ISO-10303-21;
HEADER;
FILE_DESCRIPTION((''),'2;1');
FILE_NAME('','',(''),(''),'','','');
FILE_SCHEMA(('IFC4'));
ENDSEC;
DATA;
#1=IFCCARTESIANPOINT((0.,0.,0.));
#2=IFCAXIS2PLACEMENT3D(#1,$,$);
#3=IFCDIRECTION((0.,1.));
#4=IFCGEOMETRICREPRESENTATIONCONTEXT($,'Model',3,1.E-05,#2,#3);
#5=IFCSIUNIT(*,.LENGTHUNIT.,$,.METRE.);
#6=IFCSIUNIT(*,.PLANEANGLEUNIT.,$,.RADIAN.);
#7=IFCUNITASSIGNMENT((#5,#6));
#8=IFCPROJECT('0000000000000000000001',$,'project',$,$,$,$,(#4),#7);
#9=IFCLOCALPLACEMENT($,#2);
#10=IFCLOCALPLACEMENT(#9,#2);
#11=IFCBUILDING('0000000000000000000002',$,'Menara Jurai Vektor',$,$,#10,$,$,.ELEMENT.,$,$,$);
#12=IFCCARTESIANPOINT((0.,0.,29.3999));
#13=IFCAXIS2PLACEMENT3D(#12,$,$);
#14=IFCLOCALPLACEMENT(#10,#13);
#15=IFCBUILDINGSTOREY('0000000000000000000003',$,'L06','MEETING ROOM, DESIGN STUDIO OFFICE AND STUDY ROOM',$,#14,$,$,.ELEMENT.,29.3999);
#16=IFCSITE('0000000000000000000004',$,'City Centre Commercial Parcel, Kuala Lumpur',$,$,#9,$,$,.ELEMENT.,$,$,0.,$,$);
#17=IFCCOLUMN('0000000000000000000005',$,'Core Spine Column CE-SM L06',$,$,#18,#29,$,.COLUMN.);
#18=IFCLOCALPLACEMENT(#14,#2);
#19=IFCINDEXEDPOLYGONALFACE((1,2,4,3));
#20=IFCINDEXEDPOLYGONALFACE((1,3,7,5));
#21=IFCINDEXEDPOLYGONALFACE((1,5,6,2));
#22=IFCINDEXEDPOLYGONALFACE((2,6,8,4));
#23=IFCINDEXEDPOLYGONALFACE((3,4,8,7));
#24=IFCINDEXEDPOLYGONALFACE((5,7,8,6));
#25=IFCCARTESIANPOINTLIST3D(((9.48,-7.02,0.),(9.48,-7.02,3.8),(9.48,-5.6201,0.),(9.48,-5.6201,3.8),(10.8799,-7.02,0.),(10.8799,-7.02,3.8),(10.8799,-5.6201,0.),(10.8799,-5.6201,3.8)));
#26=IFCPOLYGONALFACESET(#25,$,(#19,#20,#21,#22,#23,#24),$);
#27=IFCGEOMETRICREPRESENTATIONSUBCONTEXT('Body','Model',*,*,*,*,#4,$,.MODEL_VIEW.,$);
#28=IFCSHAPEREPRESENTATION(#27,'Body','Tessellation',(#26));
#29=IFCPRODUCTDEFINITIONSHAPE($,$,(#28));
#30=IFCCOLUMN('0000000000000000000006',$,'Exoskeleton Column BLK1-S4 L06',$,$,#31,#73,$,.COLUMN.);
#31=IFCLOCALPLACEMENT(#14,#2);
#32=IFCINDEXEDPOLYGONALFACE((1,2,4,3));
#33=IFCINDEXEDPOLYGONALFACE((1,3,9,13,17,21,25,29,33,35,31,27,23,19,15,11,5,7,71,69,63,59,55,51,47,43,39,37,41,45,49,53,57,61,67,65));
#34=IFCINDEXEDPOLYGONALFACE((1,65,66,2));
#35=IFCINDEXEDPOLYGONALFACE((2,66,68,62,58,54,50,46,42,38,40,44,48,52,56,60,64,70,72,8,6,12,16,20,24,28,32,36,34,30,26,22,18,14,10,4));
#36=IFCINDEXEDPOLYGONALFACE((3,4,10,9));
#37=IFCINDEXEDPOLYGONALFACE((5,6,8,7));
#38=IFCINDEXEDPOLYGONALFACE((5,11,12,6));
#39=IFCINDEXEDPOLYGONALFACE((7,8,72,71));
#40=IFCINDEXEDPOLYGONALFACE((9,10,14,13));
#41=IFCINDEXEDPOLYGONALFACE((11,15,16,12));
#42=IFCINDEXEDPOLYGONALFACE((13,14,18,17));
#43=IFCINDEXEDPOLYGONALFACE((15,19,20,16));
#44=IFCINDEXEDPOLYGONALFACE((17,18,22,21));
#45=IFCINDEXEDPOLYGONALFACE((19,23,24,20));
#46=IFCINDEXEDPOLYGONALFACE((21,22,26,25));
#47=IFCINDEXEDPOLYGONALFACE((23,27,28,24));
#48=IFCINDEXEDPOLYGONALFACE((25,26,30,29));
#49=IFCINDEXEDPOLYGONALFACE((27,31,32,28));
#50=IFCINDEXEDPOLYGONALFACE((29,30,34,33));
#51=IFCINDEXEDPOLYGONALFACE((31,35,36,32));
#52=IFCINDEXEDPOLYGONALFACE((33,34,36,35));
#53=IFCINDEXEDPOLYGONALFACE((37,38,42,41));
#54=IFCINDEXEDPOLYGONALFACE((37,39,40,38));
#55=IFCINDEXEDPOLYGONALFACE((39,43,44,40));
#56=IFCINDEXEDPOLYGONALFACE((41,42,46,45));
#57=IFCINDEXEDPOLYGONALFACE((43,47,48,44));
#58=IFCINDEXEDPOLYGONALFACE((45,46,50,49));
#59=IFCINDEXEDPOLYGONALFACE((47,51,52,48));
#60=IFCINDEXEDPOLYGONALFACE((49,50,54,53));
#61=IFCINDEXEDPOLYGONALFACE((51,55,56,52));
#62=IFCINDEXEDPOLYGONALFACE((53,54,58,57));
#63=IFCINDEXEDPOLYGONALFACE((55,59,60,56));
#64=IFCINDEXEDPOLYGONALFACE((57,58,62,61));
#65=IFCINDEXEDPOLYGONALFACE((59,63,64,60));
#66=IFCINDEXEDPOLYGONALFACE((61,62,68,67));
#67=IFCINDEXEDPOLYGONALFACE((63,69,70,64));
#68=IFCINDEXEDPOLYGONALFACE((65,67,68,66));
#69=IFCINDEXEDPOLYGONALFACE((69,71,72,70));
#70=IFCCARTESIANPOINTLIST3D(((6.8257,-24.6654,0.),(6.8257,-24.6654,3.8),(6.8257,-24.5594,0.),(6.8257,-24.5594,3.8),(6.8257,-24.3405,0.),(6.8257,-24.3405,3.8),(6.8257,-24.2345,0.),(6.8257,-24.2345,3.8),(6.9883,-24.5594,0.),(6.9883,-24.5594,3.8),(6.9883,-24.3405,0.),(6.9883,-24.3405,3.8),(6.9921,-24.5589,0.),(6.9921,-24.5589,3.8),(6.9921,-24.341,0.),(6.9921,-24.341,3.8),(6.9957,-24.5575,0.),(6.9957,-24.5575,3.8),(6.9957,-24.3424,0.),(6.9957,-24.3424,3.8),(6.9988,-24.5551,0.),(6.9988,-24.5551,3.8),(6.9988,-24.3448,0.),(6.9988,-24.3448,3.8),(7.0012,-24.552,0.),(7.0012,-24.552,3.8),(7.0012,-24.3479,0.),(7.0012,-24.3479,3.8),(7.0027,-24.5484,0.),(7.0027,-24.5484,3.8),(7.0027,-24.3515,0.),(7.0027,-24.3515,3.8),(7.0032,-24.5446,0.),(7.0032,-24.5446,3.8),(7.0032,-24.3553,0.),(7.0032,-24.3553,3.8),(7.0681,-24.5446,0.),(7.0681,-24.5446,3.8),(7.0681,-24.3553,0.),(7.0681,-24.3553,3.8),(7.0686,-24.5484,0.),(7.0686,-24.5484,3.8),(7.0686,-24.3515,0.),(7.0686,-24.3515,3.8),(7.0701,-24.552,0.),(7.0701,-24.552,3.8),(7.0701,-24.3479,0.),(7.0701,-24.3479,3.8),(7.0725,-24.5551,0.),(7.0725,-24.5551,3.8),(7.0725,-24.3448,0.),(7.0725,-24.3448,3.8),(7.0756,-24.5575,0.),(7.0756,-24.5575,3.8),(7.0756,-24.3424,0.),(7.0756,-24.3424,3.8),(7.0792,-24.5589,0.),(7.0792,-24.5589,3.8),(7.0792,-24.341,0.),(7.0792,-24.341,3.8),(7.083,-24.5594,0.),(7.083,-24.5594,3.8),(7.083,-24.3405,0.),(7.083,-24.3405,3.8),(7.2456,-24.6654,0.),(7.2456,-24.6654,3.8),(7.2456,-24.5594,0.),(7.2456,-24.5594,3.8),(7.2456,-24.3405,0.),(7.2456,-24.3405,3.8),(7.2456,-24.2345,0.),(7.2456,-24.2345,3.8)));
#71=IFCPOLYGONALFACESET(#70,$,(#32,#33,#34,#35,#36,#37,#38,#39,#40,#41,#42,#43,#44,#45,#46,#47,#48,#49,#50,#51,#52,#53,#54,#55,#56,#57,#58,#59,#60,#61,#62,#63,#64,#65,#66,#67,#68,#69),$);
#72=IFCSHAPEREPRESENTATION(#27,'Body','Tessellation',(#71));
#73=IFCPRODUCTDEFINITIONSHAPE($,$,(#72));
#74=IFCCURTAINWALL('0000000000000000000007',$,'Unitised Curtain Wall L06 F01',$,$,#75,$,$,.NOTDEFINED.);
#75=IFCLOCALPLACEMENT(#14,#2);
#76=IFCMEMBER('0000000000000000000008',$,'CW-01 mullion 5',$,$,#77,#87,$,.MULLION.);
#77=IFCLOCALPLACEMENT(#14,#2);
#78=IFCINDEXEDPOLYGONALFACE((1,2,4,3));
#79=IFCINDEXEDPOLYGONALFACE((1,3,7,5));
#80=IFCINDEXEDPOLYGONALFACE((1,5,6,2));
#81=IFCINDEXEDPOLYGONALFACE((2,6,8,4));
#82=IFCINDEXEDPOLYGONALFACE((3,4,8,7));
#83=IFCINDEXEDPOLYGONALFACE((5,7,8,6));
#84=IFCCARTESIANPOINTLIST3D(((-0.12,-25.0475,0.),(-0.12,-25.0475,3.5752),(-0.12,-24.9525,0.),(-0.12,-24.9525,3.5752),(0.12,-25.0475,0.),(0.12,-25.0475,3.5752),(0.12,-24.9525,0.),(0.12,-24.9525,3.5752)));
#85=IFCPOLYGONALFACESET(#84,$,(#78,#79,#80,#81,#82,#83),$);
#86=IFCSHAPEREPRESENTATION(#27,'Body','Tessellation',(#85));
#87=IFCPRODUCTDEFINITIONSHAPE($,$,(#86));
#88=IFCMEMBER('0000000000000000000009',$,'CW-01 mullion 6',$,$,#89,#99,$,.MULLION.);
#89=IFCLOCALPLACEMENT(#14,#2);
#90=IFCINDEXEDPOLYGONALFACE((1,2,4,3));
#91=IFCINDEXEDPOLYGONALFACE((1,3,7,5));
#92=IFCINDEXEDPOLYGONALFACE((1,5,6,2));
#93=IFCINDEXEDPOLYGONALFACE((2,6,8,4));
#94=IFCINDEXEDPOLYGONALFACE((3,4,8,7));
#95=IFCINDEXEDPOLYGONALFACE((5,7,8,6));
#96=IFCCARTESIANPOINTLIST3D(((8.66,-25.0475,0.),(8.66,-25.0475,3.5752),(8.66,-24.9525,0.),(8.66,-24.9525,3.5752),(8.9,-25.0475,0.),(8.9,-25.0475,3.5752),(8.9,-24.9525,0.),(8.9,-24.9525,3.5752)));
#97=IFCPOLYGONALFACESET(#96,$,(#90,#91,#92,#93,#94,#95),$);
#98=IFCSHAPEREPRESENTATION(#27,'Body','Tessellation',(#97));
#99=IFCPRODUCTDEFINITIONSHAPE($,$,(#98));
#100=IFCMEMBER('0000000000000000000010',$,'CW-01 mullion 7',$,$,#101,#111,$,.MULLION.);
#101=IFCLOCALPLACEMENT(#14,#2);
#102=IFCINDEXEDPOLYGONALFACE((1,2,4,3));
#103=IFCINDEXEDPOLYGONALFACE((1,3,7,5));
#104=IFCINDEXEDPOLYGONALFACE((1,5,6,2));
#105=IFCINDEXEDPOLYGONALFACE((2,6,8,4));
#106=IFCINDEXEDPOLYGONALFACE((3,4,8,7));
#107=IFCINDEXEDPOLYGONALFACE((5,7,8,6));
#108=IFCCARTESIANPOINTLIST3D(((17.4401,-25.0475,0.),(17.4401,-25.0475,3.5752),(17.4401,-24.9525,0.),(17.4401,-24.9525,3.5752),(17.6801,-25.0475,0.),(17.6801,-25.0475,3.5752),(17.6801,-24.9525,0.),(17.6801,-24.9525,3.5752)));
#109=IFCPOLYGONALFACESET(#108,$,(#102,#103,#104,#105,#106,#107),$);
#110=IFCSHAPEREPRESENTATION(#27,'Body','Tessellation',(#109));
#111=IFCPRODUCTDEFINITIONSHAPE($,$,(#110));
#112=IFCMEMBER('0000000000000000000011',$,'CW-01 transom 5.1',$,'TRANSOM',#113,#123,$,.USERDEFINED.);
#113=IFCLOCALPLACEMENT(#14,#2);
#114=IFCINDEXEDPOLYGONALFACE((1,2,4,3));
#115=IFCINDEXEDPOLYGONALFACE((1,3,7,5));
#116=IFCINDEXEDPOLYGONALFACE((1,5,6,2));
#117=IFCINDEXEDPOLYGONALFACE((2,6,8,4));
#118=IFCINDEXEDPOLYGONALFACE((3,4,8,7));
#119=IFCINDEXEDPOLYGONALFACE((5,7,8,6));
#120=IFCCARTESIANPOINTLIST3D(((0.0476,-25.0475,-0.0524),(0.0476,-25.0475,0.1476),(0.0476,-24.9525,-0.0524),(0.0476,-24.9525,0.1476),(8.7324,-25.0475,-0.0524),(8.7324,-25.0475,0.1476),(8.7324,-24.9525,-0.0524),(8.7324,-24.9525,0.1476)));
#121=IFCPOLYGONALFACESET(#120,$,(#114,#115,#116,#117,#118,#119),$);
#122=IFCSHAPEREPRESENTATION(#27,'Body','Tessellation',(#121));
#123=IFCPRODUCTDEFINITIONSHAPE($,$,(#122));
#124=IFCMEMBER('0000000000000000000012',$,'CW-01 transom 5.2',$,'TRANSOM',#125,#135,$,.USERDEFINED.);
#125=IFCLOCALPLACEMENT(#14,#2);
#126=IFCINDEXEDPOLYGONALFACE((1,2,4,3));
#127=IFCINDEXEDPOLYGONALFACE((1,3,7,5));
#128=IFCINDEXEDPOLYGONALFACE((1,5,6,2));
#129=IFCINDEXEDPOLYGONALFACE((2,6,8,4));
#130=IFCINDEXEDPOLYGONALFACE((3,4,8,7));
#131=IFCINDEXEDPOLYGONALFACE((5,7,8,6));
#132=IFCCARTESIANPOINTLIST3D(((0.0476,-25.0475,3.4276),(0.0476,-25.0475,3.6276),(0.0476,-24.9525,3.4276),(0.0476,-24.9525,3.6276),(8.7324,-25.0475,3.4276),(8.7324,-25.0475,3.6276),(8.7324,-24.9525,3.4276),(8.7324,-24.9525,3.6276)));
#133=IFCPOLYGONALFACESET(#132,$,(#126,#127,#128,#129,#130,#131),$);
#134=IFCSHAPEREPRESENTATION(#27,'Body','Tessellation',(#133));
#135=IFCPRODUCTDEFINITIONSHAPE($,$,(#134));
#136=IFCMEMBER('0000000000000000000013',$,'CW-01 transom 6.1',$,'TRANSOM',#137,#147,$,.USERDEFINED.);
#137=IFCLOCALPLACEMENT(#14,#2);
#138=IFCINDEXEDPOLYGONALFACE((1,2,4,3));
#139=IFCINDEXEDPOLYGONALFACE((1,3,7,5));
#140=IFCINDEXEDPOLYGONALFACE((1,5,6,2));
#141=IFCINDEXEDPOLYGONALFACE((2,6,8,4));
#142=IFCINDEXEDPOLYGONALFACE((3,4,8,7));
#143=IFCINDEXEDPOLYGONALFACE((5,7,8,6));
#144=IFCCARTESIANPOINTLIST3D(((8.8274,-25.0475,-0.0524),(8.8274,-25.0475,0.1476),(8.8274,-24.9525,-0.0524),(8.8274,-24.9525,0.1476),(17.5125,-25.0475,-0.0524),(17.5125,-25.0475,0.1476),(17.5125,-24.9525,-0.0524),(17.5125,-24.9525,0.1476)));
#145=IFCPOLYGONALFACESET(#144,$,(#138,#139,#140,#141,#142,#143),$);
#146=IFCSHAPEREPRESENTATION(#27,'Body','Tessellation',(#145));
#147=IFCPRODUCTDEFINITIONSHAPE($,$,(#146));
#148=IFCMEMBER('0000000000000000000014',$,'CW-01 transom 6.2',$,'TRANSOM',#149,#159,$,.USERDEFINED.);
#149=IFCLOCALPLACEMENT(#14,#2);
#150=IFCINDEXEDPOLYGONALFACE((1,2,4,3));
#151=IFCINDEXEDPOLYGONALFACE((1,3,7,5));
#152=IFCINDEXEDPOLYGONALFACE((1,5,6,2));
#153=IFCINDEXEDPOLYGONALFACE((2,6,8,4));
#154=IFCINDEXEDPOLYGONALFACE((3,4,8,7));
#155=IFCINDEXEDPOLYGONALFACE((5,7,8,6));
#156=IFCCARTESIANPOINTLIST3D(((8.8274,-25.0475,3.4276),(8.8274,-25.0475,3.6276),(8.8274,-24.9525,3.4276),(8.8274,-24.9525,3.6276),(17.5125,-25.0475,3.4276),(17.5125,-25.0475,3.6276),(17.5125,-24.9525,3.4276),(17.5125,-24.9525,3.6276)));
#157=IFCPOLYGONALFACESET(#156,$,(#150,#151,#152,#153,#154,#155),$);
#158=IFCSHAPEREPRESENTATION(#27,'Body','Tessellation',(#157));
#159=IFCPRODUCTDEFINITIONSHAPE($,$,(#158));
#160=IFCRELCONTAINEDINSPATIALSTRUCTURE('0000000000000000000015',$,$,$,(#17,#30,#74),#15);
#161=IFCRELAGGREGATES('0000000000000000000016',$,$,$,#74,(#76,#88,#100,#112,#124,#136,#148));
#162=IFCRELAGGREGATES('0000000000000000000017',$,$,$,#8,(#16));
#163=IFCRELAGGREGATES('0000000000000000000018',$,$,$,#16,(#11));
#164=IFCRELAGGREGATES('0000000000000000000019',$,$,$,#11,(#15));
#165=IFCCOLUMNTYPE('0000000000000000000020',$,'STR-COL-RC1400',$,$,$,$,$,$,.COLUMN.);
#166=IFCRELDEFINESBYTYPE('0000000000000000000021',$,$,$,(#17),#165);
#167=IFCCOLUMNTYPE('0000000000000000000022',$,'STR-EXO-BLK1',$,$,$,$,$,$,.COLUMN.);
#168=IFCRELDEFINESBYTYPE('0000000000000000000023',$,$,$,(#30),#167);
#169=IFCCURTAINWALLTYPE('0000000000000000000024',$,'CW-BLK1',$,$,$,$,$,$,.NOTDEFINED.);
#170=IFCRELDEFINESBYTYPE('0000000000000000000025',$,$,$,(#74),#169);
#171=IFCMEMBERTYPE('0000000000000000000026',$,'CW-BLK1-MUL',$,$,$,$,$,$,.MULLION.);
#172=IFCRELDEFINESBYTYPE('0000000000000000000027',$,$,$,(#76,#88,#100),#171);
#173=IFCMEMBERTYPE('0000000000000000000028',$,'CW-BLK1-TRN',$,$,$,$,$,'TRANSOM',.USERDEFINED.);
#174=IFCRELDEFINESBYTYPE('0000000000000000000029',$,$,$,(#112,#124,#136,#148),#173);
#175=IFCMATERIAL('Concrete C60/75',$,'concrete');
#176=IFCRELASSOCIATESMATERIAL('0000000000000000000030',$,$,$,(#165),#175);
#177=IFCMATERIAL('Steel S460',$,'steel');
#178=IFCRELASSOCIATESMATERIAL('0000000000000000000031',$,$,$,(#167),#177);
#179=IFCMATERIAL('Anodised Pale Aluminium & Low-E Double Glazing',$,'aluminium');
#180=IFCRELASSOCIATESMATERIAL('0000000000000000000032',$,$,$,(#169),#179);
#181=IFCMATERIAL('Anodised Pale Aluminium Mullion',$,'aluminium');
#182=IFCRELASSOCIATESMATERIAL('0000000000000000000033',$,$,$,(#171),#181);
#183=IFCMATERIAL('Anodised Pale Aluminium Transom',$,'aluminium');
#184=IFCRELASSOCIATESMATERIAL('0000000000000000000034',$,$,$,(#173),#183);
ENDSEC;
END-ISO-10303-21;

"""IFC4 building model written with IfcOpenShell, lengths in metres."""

from ifc_helpers import new_model, si_unit, direction, frame, origin, origin_2d, place, context, subcontext, project, spatial, rectangle, i_section, extrude, material, material_profile, profile_set, type_object, element, aggregate, save


model = new_model("IFC4")

# Units and contexts
model_context = context("Model", 3, precision=1e-05, world=origin(), true_north=direction((0.0, 1.0)))
body_context = subcontext(model_context, "Body", "Model", "MODEL_VIEW")
ifc_project = project(units=[si_unit("LENGTHUNIT", "METRE"), si_unit("PLANEANGLEUNIT", "RADIAN")], contexts=[model_context])

# Site, building, storey
site_placement = place(None, origin())
site = spatial("IfcSite", under=ifc_project, at=site_placement, Name="City Centre Commercial Parcel, Kuala Lumpur", CompositionType="ELEMENT", RefElevation=0.0)
building_placement = place(site_placement, origin())
building = spatial("IfcBuilding", under=site, at=building_placement, Name="Menara Jurai Vektor", CompositionType="ELEMENT")
storey_placement = place(building_placement, frame((0.0, 0.0, 29.3999)))
storey = spatial("IfcBuildingStorey", under=building, at=storey_placement, Name="L06", Description="MEETING ROOM, DESIGN STUDIO OFFICE AND STUDY ROOM", CompositionType="ELEMENT", Elevation=29.3999)

# Columns
ifc_material_1 = material(Name="Concrete C60/75", Category="concrete")
ifc_material_profile_1 = material_profile(ifc_material_1, rectangle(XDim=1.3999, YDim=1.3999, at=origin_2d()), Name="RC 1400x1400")
ifc_profile_set_1 = profile_set([ifc_material_profile_1], Name="Concrete C60/75")
column_type_1 = type_object("IfcColumnType", Name="STR-COL-RC1400", PredefinedType="COLUMN", material=ifc_profile_set_1)
column_1_placement = place(storey_placement, frame((10.1799, -6.3201, 0.0), z_axis=(0.0, 0.0, 1.0), x_axis=(1.0, 0.0, 0.0)))
element("IfcColumn", 1, at=column_1_placement, inside=storey, type_object=column_type_1, Name="Core Spine Column CE-SM L06", PredefinedType="COLUMN", context=body_context, shape_type="SweptSolid", body=[
    extrude(rectangle(XDim=1.3999, YDim=1.3999, at=origin_2d()), origin(), (0.0, 0.0, 1.0), 3.8),
])
ifc_material_2 = material(Name="Steel S460", Category="steel")
ifc_material_profile_2 = material_profile(ifc_material_2, i_section(OverallWidth=0.4199, OverallDepth=0.4309, WebThickness=0.0649, FlangeThickness=0.106, FilletRadius=0.0149, at=origin_2d()), Name="HD 400x900")
ifc_profile_set_2 = profile_set([ifc_material_profile_2], Name="Steel S460")
column_type_2 = type_object("IfcColumnType", Name="STR-EXO-BLK1", PredefinedType="COLUMN", material=ifc_profile_set_2)
column_2_placement = place(storey_placement, frame((7.0356, -24.45, 0.0), z_axis=(0.0, 0.0, 1.0), x_axis=(1.0, 0.0, 0.0)))
element("IfcColumn", 2, at=column_2_placement, inside=storey, type_object=column_type_2, Name="Exoskeleton Column BLK1-S4 L06", PredefinedType="COLUMN", context=body_context, shape_type="SweptSolid", body=[
    extrude(i_section(OverallWidth=0.4199, OverallDepth=0.4309, WebThickness=0.0649, FlangeThickness=0.106, FilletRadius=0.0149, at=origin_2d()), origin(), (0.0, 0.0, 1.0), 3.8),
])

# Curtain wall, members
ifc_material_3 = material(Name="Anodised Pale Aluminium & Low-E Double Glazing", Category="aluminium")
curtain_wall_type = type_object("IfcCurtainWallType", Name="CW-BLK1", PredefinedType="NOTDEFINED", material=ifc_material_3)
curtain_wall_placement = place(storey_placement, origin())
curtain_wall = element("IfcCurtainWall", 3, at=curtain_wall_placement, inside=storey, type_object=curtain_wall_type, Name="Unitised Curtain Wall L06 F01", PredefinedType="NOTDEFINED")
ifc_material_4 = material(Name="Anodised Pale Aluminium Mullion", Category="aluminium")
ifc_material_profile_3 = material_profile(ifc_material_4, rectangle(XDim=0.095, YDim=0.24, at=origin_2d()), Name="ALU MUL 95x240")
ifc_profile_set_3 = profile_set([ifc_material_profile_3], Name="Anodised Pale Aluminium Mullion")
member_type_1 = type_object("IfcMemberType", Name="CW-BLK1-MUL", PredefinedType="MULLION", material=ifc_profile_set_3)
member_1_placement = place(storey_placement, frame((0.0, -25.0, 0.0), z_axis=(0.0, 0.0, 1.0), x_axis=(0.0, 1.0, 0.0)))
member_1 = element("IfcMember", 4, at=member_1_placement, type_object=member_type_1, Name="CW-01 mullion 5", PredefinedType="MULLION", context=body_context, shape_type="SweptSolid", body=[
    extrude(rectangle(XDim=0.095, YDim=0.24, at=origin_2d()), origin(), (0.0, 0.0, 1.0), 3.5752),
])
member_2_placement = place(storey_placement, frame((8.78, -25.0, 0.0), z_axis=(0.0, 0.0, 1.0), x_axis=(0.0, 1.0, 0.0)))
member_2 = element("IfcMember", 5, at=member_2_placement, type_object=member_type_1, Name="CW-01 mullion 6", PredefinedType="MULLION", context=body_context, shape_type="SweptSolid", body=[
    extrude(rectangle(XDim=0.095, YDim=0.24, at=origin_2d()), origin(), (0.0, 0.0, 1.0), 3.5752),
])
member_3_placement = place(storey_placement, frame((17.5601, -25.0, 0.0), z_axis=(0.0, 0.0, 1.0), x_axis=(0.0, 1.0, 0.0)))
member_3 = element("IfcMember", 6, at=member_3_placement, type_object=member_type_1, Name="CW-01 mullion 7", PredefinedType="MULLION", context=body_context, shape_type="SweptSolid", body=[
    extrude(rectangle(XDim=0.095, YDim=0.24, at=origin_2d()), origin(), (0.0, 0.0, 1.0), 3.5752),
])
ifc_material_5 = material(Name="Anodised Pale Aluminium Transom", Category="aluminium")
ifc_material_profile_4 = material_profile(ifc_material_5, rectangle(XDim=0.095, YDim=0.2, at=origin_2d()), Name="ALU TRN 95x200")
ifc_profile_set_4 = profile_set([ifc_material_profile_4], Name="Anodised Pale Aluminium Transom")
member_type_2 = type_object("IfcMemberType", Name="CW-BLK1-TRN", ElementType="TRANSOM", PredefinedType="USERDEFINED", material=ifc_profile_set_4)
member_4_placement = place(storey_placement, frame((0.0476, -25.0, 0.0476), z_axis=(1.0, 0.0, 0.0), x_axis=(0.0, 1.0, 0.0)))
member_4 = element("IfcMember", 7, at=member_4_placement, type_object=member_type_2, Name="CW-01 transom 5.1", ObjectType="TRANSOM", PredefinedType="USERDEFINED", context=body_context, shape_type="SweptSolid", body=[
    extrude(rectangle(XDim=0.095, YDim=0.2, at=origin_2d()), origin(), (0.0, 0.0, 1.0), 8.6848),
])
member_5_placement = place(storey_placement, frame((0.0476, -25.0, 3.5276), z_axis=(1.0, 0.0, 0.0), x_axis=(0.0, 1.0, 0.0)))
member_5 = element("IfcMember", 8, at=member_5_placement, type_object=member_type_2, Name="CW-01 transom 5.2", ObjectType="TRANSOM", PredefinedType="USERDEFINED", context=body_context, shape_type="SweptSolid", body=[
    extrude(rectangle(XDim=0.095, YDim=0.2, at=origin_2d()), origin(), (0.0, 0.0, 1.0), 8.6848),
])
member_6_placement = place(storey_placement, frame((8.8274, -25.0, 0.0476), z_axis=(1.0, 0.0, 0.0), x_axis=(0.0, 1.0, 0.0)))
member_6 = element("IfcMember", 9, at=member_6_placement, type_object=member_type_2, Name="CW-01 transom 6.1", ObjectType="TRANSOM", PredefinedType="USERDEFINED", context=body_context, shape_type="SweptSolid", body=[
    extrude(rectangle(XDim=0.095, YDim=0.2, at=origin_2d()), origin(), (0.0, 0.0, 1.0), 8.6851),
])
member_7_placement = place(storey_placement, frame((8.8274, -25.0, 3.5276), z_axis=(1.0, 0.0, 0.0), x_axis=(0.0, 1.0, 0.0)))
member_7 = element("IfcMember", 10, at=member_7_placement, type_object=member_type_2, Name="CW-01 transom 6.2", ObjectType="TRANSOM", PredefinedType="USERDEFINED", context=body_context, shape_type="SweptSolid", body=[
    extrude(rectangle(XDim=0.095, YDim=0.2, at=origin_2d()), origin(), (0.0, 0.0, 1.0), 8.6851),
])

aggregate(curtain_wall, [member_1, member_2, member_3, member_4, member_5, member_6, member_7])

save(model, "model.ifc")
